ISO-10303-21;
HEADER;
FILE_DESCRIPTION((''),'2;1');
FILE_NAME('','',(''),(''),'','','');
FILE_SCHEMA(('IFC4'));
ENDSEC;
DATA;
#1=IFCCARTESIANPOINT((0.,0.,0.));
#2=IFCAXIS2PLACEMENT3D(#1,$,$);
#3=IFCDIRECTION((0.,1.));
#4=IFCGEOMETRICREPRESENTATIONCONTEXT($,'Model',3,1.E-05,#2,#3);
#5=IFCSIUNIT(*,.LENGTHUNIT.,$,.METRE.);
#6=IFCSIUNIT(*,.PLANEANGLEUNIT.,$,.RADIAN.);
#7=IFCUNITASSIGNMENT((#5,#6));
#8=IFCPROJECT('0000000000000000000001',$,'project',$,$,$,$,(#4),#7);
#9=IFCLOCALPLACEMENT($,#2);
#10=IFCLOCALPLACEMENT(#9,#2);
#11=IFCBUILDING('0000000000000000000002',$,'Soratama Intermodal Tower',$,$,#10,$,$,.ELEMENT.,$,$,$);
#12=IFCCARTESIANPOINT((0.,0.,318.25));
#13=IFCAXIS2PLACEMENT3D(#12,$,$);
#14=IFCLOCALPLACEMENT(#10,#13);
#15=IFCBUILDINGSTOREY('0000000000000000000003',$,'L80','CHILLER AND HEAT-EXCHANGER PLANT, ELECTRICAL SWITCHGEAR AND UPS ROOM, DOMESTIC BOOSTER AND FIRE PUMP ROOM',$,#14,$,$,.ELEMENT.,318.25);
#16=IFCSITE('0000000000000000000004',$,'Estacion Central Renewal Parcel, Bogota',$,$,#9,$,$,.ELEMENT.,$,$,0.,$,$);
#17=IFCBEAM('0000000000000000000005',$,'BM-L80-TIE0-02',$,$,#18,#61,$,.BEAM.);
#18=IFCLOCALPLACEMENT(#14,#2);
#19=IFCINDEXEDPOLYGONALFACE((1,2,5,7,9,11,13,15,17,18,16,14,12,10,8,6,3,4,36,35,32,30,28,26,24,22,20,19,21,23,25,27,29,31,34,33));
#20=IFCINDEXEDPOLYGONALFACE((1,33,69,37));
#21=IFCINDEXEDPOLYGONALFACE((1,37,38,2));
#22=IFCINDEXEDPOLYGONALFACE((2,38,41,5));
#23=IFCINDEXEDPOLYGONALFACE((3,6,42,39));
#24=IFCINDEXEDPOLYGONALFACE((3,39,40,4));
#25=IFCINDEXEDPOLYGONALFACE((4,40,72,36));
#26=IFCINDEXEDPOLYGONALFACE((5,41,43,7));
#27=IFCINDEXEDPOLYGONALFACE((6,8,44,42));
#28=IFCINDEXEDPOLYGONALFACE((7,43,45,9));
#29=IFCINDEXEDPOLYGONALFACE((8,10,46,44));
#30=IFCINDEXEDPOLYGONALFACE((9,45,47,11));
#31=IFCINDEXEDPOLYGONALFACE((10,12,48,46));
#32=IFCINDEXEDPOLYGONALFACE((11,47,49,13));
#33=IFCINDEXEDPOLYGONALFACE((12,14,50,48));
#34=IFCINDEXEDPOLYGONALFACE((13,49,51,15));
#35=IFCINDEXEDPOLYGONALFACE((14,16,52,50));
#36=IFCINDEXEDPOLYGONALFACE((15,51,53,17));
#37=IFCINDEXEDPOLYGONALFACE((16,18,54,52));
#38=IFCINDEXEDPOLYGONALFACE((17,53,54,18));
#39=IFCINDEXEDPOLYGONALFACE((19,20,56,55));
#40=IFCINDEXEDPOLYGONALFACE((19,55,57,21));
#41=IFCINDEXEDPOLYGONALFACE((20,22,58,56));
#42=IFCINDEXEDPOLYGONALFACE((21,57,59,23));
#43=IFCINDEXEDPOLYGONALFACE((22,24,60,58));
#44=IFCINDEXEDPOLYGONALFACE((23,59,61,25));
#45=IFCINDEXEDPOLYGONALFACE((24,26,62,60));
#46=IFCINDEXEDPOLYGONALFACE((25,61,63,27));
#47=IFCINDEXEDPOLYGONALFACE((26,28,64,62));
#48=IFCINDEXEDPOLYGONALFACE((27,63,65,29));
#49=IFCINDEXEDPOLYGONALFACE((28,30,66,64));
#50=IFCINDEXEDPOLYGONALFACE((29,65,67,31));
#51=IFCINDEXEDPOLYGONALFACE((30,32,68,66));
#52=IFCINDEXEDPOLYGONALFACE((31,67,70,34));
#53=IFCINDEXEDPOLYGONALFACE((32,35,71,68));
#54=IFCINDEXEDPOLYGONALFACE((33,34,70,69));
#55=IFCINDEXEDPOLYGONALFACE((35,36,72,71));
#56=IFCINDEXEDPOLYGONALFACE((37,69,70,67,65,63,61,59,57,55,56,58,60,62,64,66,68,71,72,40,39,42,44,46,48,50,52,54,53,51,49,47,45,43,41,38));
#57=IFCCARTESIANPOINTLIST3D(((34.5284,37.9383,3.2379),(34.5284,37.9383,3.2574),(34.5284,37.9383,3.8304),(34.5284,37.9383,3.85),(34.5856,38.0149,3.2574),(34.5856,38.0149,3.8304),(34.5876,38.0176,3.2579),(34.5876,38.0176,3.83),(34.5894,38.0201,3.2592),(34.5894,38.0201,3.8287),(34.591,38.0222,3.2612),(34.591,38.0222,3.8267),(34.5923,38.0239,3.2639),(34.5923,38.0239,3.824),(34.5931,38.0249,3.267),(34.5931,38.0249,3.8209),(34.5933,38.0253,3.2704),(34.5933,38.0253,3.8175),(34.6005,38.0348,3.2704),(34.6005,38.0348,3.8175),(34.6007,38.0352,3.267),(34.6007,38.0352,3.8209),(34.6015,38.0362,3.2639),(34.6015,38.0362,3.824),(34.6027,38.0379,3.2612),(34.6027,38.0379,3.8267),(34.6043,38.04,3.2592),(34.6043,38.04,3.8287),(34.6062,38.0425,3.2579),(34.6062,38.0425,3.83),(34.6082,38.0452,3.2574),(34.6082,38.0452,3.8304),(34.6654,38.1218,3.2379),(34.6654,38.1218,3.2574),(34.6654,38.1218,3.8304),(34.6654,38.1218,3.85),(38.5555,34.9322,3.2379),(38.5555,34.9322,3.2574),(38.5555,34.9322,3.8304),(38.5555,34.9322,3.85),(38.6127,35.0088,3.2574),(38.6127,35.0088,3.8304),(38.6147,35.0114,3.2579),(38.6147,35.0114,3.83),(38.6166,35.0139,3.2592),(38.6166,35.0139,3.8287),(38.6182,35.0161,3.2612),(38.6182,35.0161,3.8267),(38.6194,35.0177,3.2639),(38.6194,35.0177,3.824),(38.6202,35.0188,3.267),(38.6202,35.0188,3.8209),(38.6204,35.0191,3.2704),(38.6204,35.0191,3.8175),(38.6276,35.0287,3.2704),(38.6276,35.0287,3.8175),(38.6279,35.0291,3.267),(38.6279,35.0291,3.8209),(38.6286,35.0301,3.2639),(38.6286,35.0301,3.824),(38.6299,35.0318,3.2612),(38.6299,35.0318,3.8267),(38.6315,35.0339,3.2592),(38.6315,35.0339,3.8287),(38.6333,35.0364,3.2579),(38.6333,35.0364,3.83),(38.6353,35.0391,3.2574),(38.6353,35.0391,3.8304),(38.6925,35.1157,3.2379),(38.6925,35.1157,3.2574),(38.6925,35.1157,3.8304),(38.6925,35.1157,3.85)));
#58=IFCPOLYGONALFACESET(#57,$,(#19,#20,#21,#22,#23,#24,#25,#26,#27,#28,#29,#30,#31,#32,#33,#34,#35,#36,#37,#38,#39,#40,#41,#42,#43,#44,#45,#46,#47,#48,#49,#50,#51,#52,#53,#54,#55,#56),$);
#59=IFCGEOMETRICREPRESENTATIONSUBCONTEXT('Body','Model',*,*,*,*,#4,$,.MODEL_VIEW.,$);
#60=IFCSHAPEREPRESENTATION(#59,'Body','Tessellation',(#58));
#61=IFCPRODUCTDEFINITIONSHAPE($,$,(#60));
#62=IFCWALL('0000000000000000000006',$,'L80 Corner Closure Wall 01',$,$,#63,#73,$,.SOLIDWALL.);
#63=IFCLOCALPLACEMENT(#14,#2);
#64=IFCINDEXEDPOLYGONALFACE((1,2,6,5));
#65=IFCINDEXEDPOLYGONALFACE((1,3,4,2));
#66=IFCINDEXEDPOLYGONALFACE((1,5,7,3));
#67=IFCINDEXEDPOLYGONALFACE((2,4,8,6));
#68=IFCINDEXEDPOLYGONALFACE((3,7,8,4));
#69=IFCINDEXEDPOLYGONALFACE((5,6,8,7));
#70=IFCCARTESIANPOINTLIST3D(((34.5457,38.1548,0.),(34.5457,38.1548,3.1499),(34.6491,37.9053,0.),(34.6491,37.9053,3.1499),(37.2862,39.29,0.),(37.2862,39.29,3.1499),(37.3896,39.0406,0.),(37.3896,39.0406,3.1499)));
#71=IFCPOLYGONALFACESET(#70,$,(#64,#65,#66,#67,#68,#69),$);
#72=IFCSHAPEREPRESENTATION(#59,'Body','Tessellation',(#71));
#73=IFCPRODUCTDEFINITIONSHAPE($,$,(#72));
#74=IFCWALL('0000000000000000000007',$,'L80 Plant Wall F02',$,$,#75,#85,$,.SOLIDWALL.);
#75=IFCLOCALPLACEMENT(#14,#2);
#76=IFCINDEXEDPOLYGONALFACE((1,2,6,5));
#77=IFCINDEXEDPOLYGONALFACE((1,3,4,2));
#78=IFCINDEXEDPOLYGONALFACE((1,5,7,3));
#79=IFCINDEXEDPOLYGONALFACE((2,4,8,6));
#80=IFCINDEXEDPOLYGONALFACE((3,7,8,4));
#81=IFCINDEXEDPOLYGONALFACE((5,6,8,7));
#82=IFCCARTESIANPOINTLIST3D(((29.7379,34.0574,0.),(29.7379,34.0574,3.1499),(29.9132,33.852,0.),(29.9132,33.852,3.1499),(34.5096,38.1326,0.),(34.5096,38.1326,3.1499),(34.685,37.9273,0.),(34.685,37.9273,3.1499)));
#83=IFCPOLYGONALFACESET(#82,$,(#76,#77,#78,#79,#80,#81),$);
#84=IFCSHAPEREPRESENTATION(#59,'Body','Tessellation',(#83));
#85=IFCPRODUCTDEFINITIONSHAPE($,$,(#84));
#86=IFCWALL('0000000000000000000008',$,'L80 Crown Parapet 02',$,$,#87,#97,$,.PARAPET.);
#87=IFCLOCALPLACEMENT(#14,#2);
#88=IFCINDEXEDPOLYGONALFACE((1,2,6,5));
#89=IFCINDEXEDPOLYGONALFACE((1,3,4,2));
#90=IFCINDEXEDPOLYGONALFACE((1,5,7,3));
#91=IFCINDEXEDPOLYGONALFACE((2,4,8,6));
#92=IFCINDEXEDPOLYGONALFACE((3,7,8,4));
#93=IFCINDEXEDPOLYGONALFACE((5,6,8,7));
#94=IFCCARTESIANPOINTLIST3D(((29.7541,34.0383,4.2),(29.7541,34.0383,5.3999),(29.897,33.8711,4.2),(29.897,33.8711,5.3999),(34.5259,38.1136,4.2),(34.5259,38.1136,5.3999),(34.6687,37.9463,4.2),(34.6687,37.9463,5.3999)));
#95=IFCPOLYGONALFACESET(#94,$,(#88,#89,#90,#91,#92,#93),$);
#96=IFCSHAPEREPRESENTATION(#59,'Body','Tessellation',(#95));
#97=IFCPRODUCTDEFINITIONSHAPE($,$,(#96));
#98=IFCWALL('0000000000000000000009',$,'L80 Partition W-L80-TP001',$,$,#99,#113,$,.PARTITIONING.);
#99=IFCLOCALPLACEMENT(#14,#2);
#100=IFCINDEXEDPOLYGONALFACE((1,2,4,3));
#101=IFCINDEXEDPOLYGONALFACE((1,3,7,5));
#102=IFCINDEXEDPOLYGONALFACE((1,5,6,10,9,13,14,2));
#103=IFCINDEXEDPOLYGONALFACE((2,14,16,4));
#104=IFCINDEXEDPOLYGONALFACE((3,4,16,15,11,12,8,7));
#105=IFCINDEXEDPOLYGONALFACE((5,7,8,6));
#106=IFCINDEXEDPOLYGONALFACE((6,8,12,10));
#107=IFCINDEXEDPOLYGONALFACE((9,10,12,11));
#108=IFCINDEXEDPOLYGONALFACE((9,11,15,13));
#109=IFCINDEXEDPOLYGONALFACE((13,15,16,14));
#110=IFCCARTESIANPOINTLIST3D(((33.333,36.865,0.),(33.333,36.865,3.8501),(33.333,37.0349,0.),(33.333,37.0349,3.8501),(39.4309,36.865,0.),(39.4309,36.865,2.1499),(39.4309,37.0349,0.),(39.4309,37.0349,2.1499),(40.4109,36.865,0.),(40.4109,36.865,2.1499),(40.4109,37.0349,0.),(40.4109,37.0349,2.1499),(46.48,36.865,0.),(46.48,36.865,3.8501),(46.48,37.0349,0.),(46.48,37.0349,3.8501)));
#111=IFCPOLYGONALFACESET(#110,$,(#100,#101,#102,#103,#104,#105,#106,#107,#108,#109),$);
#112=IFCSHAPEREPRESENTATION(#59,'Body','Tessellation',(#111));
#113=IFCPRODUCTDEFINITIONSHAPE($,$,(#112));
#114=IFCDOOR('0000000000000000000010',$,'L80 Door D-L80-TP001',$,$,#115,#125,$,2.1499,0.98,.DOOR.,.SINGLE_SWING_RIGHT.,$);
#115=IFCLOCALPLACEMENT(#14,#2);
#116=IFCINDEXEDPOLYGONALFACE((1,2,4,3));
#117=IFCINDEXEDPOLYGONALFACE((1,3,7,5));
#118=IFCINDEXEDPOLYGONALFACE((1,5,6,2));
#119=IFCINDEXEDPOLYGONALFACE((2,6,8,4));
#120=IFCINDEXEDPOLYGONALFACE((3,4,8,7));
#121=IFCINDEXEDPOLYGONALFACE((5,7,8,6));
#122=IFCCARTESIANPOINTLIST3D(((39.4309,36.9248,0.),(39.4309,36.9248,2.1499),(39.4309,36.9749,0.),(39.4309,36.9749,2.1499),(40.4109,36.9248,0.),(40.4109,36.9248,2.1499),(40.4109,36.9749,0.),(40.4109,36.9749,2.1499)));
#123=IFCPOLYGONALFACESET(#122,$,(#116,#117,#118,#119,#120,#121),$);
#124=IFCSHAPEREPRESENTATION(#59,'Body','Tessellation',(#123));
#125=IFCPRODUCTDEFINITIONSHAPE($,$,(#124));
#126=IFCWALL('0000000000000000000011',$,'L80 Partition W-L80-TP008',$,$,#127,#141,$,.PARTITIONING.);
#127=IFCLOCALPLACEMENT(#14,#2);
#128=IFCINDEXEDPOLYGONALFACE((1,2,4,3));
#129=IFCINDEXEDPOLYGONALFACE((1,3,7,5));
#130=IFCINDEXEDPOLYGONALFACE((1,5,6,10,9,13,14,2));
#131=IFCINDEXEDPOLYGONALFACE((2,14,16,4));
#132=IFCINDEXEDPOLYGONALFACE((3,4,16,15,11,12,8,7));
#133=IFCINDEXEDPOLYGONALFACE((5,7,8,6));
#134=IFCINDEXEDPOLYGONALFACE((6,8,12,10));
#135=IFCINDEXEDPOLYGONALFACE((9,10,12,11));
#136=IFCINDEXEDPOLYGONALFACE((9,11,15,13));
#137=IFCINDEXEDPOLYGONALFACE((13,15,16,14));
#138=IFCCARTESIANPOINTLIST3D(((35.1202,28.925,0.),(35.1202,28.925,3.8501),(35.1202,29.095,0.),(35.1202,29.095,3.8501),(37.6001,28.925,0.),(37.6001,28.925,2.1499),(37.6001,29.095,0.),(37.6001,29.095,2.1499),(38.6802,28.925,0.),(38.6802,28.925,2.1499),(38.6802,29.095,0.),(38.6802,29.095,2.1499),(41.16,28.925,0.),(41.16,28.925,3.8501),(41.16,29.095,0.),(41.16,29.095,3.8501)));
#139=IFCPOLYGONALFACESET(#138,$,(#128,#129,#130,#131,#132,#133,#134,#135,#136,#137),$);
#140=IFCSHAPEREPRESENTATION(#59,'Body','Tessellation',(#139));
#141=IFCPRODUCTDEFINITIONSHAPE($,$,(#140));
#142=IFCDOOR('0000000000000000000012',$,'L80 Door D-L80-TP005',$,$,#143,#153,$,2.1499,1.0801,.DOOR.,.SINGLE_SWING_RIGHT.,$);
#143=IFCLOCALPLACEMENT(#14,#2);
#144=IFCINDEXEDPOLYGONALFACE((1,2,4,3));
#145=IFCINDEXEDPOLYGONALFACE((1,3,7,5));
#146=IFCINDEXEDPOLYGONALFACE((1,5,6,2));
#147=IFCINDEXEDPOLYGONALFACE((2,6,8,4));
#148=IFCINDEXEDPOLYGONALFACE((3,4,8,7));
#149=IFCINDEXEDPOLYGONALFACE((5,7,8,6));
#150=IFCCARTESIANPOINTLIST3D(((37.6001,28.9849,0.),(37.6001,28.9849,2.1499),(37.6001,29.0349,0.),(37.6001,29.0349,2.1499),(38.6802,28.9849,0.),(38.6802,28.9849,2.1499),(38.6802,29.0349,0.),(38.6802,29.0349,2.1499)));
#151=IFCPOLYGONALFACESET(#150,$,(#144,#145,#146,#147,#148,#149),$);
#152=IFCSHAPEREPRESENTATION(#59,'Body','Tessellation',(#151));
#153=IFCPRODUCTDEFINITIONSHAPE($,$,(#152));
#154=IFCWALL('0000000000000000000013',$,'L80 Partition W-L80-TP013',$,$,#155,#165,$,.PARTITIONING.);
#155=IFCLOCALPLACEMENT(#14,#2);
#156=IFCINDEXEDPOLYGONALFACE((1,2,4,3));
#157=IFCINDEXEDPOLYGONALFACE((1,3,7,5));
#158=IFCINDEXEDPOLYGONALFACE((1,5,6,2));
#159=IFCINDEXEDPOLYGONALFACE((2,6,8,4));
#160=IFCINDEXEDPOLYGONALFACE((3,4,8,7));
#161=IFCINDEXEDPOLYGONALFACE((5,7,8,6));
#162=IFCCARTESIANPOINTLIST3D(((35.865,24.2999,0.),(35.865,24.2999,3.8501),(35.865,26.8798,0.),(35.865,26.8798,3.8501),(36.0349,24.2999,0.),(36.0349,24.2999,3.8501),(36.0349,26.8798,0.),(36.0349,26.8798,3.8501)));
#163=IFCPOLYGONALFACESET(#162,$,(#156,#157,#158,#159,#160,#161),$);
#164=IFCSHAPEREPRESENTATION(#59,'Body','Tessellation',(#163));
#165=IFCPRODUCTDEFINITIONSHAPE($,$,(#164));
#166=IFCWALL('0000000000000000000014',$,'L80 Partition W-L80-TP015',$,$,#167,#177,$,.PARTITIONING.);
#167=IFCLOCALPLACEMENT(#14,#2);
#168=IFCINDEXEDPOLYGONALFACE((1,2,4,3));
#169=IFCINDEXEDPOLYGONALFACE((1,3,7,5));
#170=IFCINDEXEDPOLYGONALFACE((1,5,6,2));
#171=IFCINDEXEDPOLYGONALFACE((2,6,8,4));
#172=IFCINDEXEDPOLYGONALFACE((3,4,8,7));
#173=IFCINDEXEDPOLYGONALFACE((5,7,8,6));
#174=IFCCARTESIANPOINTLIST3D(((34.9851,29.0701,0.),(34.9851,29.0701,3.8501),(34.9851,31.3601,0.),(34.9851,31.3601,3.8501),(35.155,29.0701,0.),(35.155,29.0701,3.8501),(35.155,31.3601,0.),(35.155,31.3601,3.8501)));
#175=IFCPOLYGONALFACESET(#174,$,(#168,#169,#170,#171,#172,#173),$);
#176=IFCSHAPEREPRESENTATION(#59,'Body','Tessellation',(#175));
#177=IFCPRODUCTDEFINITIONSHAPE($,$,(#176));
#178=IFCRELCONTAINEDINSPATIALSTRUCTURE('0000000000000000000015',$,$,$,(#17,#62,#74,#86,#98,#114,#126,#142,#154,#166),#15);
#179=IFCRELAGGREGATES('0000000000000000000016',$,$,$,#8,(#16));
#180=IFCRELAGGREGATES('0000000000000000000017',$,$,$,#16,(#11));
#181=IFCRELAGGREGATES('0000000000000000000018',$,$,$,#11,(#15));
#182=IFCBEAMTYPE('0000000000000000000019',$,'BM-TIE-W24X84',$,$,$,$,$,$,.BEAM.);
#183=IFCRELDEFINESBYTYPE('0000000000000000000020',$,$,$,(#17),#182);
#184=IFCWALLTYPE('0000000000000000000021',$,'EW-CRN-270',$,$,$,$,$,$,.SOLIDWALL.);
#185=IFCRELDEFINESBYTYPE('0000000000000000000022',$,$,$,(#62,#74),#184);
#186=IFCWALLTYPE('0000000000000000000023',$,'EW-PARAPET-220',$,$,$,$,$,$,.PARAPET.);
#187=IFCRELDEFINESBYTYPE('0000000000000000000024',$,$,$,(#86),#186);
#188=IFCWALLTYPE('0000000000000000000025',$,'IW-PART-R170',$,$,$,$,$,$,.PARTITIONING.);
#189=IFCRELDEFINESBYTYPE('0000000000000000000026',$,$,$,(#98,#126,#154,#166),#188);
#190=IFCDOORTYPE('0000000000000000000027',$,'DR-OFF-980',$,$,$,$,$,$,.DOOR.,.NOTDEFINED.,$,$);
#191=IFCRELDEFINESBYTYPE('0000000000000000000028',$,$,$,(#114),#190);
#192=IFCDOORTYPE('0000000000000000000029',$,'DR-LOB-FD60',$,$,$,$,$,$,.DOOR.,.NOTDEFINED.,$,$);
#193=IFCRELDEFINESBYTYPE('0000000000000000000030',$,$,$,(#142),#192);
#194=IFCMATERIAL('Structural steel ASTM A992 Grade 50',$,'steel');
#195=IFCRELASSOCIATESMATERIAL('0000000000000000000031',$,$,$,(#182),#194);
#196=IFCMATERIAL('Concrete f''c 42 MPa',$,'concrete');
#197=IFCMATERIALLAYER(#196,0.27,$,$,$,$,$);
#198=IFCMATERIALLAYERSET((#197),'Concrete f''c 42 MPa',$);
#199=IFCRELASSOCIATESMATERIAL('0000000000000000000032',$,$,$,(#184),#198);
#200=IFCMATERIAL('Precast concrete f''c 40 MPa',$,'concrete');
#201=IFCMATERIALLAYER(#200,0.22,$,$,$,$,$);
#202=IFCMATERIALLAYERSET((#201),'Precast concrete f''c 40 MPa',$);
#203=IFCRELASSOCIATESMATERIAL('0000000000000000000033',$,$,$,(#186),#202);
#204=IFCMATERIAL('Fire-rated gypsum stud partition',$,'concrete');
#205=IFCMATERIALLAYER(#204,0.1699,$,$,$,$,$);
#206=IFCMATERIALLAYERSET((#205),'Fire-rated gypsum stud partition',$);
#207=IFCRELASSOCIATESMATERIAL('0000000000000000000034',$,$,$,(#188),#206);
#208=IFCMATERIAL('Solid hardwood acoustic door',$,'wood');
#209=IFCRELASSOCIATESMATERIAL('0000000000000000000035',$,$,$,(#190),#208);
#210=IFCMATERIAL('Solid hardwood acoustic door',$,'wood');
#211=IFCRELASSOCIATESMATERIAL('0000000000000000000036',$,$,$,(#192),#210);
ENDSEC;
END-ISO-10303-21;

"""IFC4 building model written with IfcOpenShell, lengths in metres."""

from ifc_helpers import new_model, si_unit, direction, frame, frame_2d, origin, origin_2d, place, context, subcontext, project, spatial, rectangle, i_section, extrude, material, layer, layer_set, material_profile, profile_set, type_object, element, fill, save


model = new_model("IFC4")

# Units and contexts
model_context = context("Model", 3, precision=1e-05, world=origin(), true_north=direction((0.0, 1.0)))
body_context = subcontext(model_context, "Body", "Model", "MODEL_VIEW")
ifc_project = project(units=[si_unit("LENGTHUNIT", "METRE"), si_unit("PLANEANGLEUNIT", "RADIAN")], contexts=[model_context])

# Site, building, storey
site_placement = place(None, origin())
site = spatial("IfcSite", under=ifc_project, at=site_placement, Name="Estacion Central Renewal Parcel, Bogota", CompositionType="ELEMENT", RefElevation=0.0)
building_placement = place(site_placement, origin())
building = spatial("IfcBuilding", under=site, at=building_placement, Name="Soratama Intermodal Tower", CompositionType="ELEMENT")
storey_placement = place(building_placement, frame((0.0, 0.0, 318.25)))
storey = spatial("IfcBuildingStorey", under=building, at=storey_placement, Name="L80", Description="CHILLER AND HEAT-EXCHANGER PLANT, ELECTRICAL SWITCHGEAR AND UPS ROOM, DOMESTIC BOOSTER AND FIRE PUMP ROOM", CompositionType="ELEMENT", Elevation=318.25)

# Beam
ifc_material_1 = material(Name="Structural steel ASTM A992 Grade 50", Category="steel")
ifc_material_profile_1 = material_profile(ifc_material_1, i_section(OverallWidth=0.229, OverallDepth=0.6121, WebThickness=0.012, FlangeThickness=0.0195, FilletRadius=0.0129, at=origin_2d()), Name="W24X84")
ifc_profile_set_1 = profile_set([ifc_material_profile_1], Name="Structural steel ASTM A992 Grade 50")
beam_type_1 = type_object("IfcBeamType", Name="BM-TIE-W24X84", PredefinedType="BEAM", material=ifc_profile_set_1)
beam_1_placement = place(storey_placement, frame((38.624, 35.0239, 3.5439), z_axis=(-0.801356, 0.598187, 0.0), x_axis=(-0.598187, -0.801356, 0.0)))
element("IfcBeam", 1, at=beam_1_placement, inside=storey, type_object=beam_type_1, Name="BM-L80-TIE0-02", PredefinedType="BEAM", context=body_context, shape_type="SweptSolid", body=[
    extrude(i_section(OverallWidth=0.229, OverallDepth=0.6121, WebThickness=0.012, FlangeThickness=0.0195, FilletRadius=0.0129, at=origin_2d()), origin(), (0.0, 0.0, 1.0), 5.0254),
])

# Walls
ifc_material_2 = material(Name="Concrete f'c 42 MPa", Category="concrete")
ifc_layer_1 = layer(ifc_material_2, 0.27)
ifc_layer_set_1 = layer_set([ifc_layer_1], Name="Concrete f'c 42 MPa")
wall_type_1 = type_object("IfcWallType", Name="EW-CRN-270", PredefinedType="SOLIDWALL", material=ifc_layer_set_1)
wall_1_placement = place(storey_placement, frame((37.3379, 39.1653, 0.0), z_axis=(0.0, 0.0, 1.0), x_axis=(-0.923866, -0.382715, 0.0)))
element("IfcWall", 2, at=wall_1_placement, inside=storey, type_object=wall_type_1, Name="L80 Corner Closure Wall 01", PredefinedType="SOLIDWALL", context=body_context, shape_type="SweptSolid", body=[
    extrude(rectangle(XDim=2.9663, YDim=0.27, at=frame_2d((1.4832, 0.0))), origin(), (0.0, 0.0, 1.0), 3.1499),
])
wall_2_placement = place(storey_placement, frame((34.5974, 38.03, 0.0), z_axis=(0.0, 0.0, 1.0), x_axis=(-0.760425, -0.649425, 0.0)))
element("IfcWall", 3, at=wall_2_placement, inside=storey, type_object=wall_type_1, Name="L80 Plant Wall F02", PredefinedType="SOLIDWALL", context=body_context, shape_type="SweptSolid", body=[
    extrude(rectangle(XDim=6.2751, YDim=0.27, at=frame_2d((3.1377, 0.0))), origin(), (0.0, 0.0, 1.0), 3.1499),
])
ifc_material_3 = material(Name="Precast concrete f'c 40 MPa", Category="concrete")
ifc_layer_2 = layer(ifc_material_3, 0.22)
ifc_layer_set_2 = layer_set([ifc_layer_2], Name="Precast concrete f'c 40 MPa")
wall_type_2 = type_object("IfcWallType", Name="EW-PARAPET-220", PredefinedType="PARAPET", material=ifc_layer_set_2)
wall_3_placement = place(storey_placement, frame((34.5974, 38.03, 4.2), z_axis=(0.0, 0.0, 1.0), x_axis=(-0.760425, -0.649425, 0.0)))
element("IfcWall", 4, at=wall_3_placement, inside=storey, type_object=wall_type_2, Name="L80 Crown Parapet 02", PredefinedType="PARAPET", context=body_context, shape_type="SweptSolid", body=[
    extrude(rectangle(XDim=6.2751, YDim=0.22, at=frame_2d((3.1377, 0.0))), origin(), (0.0, 0.0, 1.0), 1.2),
])

# Walls, openings, doors
ifc_material_4 = material(Name="Fire-rated gypsum stud partition", Category="concrete")
ifc_layer_3 = layer(ifc_material_4, 0.1699)
ifc_layer_set_3 = layer_set([ifc_layer_3], Name="Fire-rated gypsum stud partition")
wall_type_3 = type_object("IfcWallType", Name="IW-PART-R170", PredefinedType="PARTITIONING", material=ifc_layer_set_3)
wall_4_placement = place(storey_placement, frame((33.333, 36.95, 0.0), z_axis=(0.0, 0.0, 1.0), x_axis=(1.0, 0.0, 0.0)))
wall_4 = element("IfcWall", 5, at=wall_4_placement, inside=storey, type_object=wall_type_3, Name="L80 Partition W-L80-TP001", PredefinedType="PARTITIONING", context=body_context, shape_type="SweptSolid", body=[
    extrude(rectangle(XDim=13.147, YDim=0.1699, at=frame_2d((6.5735, 0.0))), origin(), (0.0, 0.0, 1.0), 3.8501),
])
opening_1_placement = place(wall_4_placement, frame((6.0979, 0.0, 0.0)))
opening_1 = element("IfcOpeningElement", 6, at=opening_1_placement, cuts=wall_4, PredefinedType="OPENING", context=body_context, shape_type="SweptSolid", body=[
    extrude(rectangle(XDim=0.98, YDim=2.1499, at=frame_2d((0.49, 1.075))), frame((0.0, 0.095, 0.0), z_axis=(0.0, -1.0, 0.0), x_axis=(1.0, 0.0, 0.0)), (0.0, 0.0, 1.0), 0.1899),
])
ifc_material_5 = material(Name="Solid hardwood acoustic door", Category="wood")
door_type_1 = type_object("IfcDoorType", Name="DR-OFF-980", OperationType="NOTDEFINED", PredefinedType="DOOR", material=ifc_material_5)
door_1_placement = place(opening_1_placement, origin())
door_1 = element("IfcDoor", 7, at=door_1_placement, inside=storey, type_object=door_type_1, Name="L80 Door D-L80-TP001", OperationType="SINGLE_SWING_RIGHT", OverallHeight=2.1499, OverallWidth=0.98, PredefinedType="DOOR", context=body_context, shape_type="SweptSolid", body=[
    extrude(rectangle(XDim=0.98, YDim=2.1499, at=frame_2d((0.49, 1.075))), frame((0.0, 0.0249, 0.0), z_axis=(0.0, -1.0, 0.0), x_axis=(1.0, 0.0, 0.0)), (0.0, 0.0, 1.0), 0.05),
])
fill(opening_1, door_1)
wall_5_placement = place(storey_placement, frame((35.1201, 29.01, 0.0), z_axis=(0.0, 0.0, 1.0), x_axis=(1.0, 0.0, 0.0)))
wall_5 = element("IfcWall", 8, at=wall_5_placement, inside=storey, type_object=wall_type_3, Name="L80 Partition W-L80-TP008", PredefinedType="PARTITIONING", context=body_context, shape_type="SweptSolid", body=[
    extrude(rectangle(XDim=6.0398, YDim=0.1699, at=frame_2d((3.02, 0.0))), origin(), (0.0, 0.0, 1.0), 3.8501),
])
opening_2_placement = place(wall_5_placement, frame((2.48, 0.0, 0.0)))
opening_2 = element("IfcOpeningElement", 9, at=opening_2_placement, cuts=wall_5, PredefinedType="OPENING", context=body_context, shape_type="SweptSolid", body=[
    extrude(rectangle(XDim=1.0801, YDim=2.1499, at=frame_2d((0.54, 1.075))), frame((0.0, 0.095, 0.0), z_axis=(0.0, -1.0, 0.0), x_axis=(1.0, 0.0, 0.0)), (0.0, 0.0, 1.0), 0.1899),
])
ifc_material_6 = material(Name="Solid hardwood acoustic door", Category="wood")
door_type_2 = type_object("IfcDoorType", Name="DR-LOB-FD60", OperationType="NOTDEFINED", PredefinedType="DOOR", material=ifc_material_6)
door_2_placement = place(opening_2_placement, origin())
door_2 = element("IfcDoor", 10, at=door_2_placement, inside=storey, type_object=door_type_2, Name="L80 Door D-L80-TP005", OperationType="SINGLE_SWING_RIGHT", OverallHeight=2.1499, OverallWidth=1.0801, PredefinedType="DOOR", context=body_context, shape_type="SweptSolid", body=[
    extrude(rectangle(XDim=1.0801, YDim=2.1499, at=frame_2d((0.54, 1.075))), frame((0.0, 0.0249, 0.0), z_axis=(0.0, -1.0, 0.0), x_axis=(1.0, 0.0, 0.0)), (0.0, 0.0, 1.0), 0.05),
])
fill(opening_2, door_2)

# Walls
wall_6_placement = place(storey_placement, frame((35.95, 26.8799, 0.0), z_axis=(0.0, 0.0, 1.0), x_axis=(0.0, -1.0, 0.0)))
element("IfcWall", 11, at=wall_6_placement, inside=storey, type_object=wall_type_3, Name="L80 Partition W-L80-TP013", PredefinedType="PARTITIONING", context=body_context, shape_type="SweptSolid", body=[
    extrude(rectangle(XDim=2.5798, YDim=0.1699, at=frame_2d((1.29, 0.0))), origin(), (0.0, 0.0, 1.0), 3.8501),
])
wall_7_placement = place(storey_placement, frame((35.0701, 31.3601, 0.0), z_axis=(0.0, 0.0, 1.0), x_axis=(0.0, -1.0, 0.0)))
element("IfcWall", 12, at=wall_7_placement, inside=storey, type_object=wall_type_3, Name="L80 Partition W-L80-TP015", PredefinedType="PARTITIONING", context=body_context, shape_type="SweptSolid", body=[
    extrude(rectangle(XDim=2.29, YDim=0.1699, at=frame_2d((1.145, 0.0))), origin(), (0.0, 0.0, 1.0), 3.8501),
])

save(model, "model.ifc")
